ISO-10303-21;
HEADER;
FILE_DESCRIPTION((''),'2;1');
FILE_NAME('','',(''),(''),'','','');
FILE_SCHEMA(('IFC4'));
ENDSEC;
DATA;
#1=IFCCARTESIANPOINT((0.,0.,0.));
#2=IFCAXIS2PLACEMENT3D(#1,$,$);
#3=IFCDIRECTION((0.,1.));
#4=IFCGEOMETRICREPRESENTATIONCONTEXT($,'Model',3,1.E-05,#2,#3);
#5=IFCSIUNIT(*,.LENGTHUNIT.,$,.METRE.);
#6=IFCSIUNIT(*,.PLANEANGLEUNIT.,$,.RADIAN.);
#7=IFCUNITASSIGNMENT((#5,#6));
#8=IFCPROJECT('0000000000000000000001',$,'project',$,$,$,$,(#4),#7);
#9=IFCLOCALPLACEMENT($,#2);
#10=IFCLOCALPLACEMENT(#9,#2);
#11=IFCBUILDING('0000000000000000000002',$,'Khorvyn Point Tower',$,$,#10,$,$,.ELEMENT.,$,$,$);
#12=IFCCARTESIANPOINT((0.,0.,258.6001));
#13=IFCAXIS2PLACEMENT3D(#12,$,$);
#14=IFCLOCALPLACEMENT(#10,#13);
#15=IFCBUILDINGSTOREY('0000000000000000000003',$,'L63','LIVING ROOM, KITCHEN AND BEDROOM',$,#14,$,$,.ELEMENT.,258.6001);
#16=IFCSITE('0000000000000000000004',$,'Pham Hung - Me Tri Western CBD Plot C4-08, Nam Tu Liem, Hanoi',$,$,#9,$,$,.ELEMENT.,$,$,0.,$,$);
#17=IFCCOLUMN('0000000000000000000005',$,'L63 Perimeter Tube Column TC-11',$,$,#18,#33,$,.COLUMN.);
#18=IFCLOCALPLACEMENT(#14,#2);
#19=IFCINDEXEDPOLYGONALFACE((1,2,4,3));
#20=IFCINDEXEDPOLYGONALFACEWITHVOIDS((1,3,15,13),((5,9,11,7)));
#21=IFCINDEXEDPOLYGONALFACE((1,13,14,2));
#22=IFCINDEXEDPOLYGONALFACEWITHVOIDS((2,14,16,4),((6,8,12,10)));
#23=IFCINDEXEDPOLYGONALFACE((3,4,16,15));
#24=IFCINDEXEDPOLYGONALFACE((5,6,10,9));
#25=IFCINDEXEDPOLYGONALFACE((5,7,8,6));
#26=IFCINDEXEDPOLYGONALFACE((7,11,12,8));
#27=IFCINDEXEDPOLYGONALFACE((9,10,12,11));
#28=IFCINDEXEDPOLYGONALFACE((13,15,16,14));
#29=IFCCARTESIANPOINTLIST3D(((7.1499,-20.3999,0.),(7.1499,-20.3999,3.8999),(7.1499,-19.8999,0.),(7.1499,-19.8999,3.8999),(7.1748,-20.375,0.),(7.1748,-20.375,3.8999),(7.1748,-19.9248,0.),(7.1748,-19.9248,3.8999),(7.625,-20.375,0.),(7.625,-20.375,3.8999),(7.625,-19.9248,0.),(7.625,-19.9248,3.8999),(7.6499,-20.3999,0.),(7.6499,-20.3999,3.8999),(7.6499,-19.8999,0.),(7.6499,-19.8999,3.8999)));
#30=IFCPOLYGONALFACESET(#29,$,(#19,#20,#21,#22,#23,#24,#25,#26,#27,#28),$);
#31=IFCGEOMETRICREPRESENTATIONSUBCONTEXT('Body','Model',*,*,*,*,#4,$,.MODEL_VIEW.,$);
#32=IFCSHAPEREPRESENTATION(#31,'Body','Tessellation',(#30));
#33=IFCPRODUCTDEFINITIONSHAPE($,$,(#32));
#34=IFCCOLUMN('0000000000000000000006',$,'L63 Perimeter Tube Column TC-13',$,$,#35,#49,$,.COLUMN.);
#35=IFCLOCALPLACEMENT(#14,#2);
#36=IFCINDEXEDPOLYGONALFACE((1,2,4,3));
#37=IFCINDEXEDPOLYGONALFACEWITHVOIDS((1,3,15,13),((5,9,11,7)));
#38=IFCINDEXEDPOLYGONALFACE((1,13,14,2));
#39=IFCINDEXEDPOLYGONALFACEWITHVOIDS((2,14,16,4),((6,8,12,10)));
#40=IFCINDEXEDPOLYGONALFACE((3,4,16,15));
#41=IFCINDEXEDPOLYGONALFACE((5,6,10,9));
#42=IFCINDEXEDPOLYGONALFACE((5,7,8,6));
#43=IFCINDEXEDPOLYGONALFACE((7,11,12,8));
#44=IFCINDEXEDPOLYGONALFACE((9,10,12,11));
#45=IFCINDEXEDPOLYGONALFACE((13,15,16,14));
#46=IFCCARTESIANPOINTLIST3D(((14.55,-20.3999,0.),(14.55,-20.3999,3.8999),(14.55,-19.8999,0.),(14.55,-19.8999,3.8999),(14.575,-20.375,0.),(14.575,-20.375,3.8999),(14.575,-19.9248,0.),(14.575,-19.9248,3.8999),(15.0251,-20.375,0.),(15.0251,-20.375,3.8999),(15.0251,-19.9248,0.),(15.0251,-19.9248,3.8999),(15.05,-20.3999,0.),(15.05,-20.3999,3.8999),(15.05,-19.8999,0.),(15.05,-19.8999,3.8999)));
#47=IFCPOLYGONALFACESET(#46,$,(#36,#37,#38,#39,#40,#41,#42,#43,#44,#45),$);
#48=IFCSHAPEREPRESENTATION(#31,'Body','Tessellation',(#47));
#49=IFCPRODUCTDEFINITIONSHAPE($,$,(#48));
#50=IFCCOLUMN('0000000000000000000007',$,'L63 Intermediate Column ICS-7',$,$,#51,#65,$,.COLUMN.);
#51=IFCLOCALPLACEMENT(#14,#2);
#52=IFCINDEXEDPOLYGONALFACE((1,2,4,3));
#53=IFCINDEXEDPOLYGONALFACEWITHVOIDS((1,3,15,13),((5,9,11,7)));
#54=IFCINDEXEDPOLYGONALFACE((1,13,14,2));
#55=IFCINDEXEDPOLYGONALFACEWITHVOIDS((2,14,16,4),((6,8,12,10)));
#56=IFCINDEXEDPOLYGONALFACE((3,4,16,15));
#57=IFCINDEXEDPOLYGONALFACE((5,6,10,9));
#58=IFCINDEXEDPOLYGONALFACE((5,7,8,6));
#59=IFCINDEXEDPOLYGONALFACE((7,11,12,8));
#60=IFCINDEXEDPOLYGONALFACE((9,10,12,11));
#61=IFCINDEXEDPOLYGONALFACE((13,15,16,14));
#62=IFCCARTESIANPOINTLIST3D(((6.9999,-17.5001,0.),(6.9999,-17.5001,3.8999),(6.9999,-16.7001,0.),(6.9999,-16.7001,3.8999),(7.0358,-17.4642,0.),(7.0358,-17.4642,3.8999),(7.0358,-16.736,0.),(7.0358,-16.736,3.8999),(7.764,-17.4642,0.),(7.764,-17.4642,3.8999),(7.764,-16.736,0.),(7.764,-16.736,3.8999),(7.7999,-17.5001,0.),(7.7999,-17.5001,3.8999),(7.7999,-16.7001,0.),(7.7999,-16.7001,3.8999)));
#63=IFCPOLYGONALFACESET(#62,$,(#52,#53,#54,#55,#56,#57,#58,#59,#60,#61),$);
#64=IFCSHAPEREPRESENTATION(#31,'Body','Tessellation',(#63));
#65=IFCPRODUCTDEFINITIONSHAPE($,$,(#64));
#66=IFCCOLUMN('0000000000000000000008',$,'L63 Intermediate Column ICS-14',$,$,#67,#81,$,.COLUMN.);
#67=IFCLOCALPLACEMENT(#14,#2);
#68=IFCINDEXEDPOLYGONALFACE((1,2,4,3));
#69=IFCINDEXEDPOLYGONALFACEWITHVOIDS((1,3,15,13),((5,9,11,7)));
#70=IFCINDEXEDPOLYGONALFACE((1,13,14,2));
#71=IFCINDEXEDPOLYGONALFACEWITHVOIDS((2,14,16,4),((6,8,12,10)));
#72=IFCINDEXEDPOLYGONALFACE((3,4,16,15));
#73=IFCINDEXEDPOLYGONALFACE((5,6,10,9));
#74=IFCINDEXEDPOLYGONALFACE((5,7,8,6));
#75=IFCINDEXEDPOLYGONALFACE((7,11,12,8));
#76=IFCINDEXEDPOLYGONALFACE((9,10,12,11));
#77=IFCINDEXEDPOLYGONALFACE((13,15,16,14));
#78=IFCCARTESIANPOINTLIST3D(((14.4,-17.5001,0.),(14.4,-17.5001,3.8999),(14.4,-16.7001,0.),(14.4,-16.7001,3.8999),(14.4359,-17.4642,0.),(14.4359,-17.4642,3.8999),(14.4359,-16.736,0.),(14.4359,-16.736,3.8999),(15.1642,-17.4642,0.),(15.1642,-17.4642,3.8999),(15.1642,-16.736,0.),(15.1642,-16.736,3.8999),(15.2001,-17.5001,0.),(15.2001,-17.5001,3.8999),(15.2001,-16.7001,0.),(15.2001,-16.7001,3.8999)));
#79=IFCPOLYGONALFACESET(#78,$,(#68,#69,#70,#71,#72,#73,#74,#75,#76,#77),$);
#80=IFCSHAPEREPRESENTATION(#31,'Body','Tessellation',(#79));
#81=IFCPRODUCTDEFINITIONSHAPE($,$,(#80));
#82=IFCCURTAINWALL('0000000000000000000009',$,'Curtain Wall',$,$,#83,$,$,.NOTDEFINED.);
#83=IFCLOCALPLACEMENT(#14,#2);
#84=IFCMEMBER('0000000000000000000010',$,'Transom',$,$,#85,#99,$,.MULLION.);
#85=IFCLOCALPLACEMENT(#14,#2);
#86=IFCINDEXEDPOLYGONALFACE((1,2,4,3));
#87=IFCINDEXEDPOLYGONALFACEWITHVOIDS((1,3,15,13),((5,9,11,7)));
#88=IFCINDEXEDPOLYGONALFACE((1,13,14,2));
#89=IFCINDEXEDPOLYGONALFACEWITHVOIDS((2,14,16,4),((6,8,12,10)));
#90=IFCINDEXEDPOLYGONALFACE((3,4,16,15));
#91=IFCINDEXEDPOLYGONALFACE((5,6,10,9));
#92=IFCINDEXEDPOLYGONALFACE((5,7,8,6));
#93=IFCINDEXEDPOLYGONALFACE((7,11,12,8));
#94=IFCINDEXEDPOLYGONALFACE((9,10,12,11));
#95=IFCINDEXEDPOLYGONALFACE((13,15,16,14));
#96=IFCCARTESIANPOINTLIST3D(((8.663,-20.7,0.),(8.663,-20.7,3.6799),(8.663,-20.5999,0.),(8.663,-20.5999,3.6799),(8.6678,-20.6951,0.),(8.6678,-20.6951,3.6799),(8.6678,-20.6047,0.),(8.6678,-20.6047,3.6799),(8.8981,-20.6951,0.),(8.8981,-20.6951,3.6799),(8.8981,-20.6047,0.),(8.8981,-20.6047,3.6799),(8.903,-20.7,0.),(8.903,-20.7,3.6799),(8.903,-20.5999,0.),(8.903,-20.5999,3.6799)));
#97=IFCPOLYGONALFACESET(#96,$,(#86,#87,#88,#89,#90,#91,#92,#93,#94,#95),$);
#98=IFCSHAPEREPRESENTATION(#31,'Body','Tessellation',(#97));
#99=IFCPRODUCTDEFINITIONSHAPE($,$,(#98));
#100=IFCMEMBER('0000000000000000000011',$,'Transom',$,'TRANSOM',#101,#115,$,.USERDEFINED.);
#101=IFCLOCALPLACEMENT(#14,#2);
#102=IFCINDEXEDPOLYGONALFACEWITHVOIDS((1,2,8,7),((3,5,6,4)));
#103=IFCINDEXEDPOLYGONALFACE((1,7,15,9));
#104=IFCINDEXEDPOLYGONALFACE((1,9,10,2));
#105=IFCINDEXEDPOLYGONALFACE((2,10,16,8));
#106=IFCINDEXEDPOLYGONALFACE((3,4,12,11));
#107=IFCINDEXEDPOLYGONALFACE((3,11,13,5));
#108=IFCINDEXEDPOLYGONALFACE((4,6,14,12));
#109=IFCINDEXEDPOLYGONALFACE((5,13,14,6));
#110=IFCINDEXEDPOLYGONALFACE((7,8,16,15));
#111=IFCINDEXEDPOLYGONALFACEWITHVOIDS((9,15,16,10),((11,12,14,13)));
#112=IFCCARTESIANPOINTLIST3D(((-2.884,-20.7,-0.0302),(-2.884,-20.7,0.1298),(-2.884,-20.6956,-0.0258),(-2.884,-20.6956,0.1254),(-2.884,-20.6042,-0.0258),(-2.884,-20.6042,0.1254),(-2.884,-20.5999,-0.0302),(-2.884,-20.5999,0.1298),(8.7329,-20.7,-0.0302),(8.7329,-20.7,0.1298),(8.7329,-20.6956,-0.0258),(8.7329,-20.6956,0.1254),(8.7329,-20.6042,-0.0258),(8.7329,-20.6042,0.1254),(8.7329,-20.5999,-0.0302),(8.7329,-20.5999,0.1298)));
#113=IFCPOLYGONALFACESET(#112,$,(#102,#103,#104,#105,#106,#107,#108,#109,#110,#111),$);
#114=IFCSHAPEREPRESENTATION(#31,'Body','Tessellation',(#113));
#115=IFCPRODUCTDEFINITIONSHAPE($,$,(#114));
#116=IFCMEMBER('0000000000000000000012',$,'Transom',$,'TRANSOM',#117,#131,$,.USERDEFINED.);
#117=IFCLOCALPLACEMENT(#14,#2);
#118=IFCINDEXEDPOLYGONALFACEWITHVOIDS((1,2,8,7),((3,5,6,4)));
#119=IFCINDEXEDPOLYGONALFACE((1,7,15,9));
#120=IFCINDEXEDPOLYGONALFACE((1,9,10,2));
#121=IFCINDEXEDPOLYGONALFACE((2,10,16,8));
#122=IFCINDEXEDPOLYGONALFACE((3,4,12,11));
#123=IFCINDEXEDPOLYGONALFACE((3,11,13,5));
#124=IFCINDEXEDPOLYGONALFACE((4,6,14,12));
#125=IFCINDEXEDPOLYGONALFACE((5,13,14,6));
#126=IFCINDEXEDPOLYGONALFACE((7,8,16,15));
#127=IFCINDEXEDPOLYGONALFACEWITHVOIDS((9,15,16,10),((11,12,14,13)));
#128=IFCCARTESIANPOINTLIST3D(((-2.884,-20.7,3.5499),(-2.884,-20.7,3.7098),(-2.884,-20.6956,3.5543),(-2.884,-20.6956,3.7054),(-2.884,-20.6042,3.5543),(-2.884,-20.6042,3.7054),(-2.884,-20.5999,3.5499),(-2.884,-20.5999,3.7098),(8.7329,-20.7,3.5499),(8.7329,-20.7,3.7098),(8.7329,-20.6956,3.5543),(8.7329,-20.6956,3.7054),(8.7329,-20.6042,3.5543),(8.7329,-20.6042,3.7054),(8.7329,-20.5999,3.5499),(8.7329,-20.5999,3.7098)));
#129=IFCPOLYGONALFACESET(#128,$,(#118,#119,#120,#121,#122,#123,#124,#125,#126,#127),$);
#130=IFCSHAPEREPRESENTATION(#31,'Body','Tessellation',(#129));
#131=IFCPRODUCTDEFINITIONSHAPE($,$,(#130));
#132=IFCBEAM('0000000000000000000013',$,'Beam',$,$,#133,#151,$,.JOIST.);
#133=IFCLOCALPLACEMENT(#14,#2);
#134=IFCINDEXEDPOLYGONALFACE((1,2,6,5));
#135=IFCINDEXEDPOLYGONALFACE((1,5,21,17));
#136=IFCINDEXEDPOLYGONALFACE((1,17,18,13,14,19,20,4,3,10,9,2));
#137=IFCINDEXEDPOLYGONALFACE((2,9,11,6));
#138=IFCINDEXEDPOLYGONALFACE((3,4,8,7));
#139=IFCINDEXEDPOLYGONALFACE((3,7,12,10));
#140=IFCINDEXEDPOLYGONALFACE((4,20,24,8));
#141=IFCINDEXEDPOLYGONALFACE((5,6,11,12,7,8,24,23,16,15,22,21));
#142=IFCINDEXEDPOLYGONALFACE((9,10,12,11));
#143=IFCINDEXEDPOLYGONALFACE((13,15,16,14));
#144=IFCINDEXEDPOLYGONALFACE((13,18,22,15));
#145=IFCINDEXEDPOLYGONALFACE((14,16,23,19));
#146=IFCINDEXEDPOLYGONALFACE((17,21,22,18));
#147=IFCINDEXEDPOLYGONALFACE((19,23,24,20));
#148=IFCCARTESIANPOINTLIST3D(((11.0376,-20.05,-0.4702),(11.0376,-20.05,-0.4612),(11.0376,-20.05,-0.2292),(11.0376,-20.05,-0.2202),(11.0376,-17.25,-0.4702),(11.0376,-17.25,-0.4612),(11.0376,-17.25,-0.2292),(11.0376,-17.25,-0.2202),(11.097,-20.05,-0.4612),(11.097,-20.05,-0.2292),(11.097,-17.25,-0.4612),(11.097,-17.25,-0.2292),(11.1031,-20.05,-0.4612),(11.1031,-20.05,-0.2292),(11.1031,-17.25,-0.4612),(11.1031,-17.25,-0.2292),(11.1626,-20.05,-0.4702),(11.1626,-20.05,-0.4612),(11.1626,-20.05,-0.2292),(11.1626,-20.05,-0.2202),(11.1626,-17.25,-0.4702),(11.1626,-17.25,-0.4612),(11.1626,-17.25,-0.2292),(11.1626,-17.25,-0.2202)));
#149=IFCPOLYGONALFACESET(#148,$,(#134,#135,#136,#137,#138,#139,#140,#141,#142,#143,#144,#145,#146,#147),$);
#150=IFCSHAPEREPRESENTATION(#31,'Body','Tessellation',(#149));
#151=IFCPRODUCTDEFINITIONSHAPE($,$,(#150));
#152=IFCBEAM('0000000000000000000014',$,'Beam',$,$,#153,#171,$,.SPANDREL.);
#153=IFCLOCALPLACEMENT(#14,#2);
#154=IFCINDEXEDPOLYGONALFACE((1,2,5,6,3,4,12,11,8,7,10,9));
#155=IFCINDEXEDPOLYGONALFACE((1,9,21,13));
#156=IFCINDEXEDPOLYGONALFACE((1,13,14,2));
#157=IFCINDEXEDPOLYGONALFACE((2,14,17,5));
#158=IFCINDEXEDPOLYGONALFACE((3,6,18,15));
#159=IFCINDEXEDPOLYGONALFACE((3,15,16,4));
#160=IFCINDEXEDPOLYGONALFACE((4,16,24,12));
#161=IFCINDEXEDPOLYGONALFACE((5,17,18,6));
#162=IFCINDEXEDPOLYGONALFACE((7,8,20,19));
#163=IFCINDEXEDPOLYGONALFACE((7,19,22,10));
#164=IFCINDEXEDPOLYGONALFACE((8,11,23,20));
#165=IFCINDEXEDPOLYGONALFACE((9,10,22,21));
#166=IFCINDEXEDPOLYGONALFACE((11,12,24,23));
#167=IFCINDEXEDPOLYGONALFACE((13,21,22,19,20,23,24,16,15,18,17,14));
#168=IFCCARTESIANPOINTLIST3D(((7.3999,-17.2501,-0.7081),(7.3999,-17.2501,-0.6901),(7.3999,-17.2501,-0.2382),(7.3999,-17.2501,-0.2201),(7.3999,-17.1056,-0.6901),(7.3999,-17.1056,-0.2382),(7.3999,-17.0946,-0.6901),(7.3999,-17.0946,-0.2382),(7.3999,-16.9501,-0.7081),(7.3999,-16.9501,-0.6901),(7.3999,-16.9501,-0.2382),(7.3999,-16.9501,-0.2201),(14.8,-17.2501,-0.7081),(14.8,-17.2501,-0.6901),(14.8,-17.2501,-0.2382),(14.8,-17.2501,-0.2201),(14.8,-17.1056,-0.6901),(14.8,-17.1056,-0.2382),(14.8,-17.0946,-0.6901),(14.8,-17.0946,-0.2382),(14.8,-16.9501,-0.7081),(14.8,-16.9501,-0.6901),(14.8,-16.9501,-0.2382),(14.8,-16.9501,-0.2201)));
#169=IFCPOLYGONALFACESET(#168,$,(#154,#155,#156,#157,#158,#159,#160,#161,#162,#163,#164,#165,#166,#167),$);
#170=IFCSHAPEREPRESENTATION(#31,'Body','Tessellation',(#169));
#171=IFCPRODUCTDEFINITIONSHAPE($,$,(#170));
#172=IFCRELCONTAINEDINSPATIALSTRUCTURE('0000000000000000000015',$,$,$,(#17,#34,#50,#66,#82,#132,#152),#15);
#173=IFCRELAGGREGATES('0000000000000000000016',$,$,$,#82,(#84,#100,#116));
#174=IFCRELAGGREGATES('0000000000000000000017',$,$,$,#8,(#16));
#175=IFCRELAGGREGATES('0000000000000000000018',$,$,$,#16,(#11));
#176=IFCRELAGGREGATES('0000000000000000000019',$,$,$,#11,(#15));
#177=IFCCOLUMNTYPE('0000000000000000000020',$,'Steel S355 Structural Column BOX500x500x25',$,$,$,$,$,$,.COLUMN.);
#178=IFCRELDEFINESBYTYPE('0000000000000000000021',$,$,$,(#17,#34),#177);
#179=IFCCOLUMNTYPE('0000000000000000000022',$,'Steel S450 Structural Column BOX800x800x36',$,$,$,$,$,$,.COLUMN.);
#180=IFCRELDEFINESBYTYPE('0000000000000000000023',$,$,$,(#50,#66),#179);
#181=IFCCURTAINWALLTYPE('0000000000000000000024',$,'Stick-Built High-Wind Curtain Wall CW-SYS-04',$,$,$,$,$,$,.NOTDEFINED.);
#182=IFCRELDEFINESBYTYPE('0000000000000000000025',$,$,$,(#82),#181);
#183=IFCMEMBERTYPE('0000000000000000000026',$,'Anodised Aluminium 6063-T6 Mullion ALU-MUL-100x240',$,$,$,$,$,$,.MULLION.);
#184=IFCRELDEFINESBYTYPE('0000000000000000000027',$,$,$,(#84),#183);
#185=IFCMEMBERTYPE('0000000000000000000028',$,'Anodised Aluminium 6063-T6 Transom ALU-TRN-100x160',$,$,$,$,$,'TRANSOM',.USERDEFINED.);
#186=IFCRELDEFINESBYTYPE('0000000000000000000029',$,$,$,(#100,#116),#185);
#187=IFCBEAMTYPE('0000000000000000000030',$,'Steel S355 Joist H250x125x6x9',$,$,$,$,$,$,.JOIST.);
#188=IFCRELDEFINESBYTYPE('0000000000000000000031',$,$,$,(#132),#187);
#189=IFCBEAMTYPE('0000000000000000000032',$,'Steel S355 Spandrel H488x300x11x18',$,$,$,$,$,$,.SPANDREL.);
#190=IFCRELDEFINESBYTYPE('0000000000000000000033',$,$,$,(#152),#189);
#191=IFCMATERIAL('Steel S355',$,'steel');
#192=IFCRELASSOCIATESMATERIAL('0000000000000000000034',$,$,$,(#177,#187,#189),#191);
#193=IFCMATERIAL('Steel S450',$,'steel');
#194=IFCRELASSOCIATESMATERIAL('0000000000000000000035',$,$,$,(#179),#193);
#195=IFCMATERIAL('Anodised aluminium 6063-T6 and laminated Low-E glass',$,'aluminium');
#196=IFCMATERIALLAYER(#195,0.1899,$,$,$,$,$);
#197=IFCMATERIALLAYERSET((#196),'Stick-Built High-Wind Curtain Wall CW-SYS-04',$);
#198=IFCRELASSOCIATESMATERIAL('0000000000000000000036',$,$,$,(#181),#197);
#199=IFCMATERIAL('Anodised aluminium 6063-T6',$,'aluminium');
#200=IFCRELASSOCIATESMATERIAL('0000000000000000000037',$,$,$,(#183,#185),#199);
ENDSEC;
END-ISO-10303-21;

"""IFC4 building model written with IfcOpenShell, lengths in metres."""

from ifc_helpers import new_model, si_unit, direction, frame, origin, origin_2d, place, context, subcontext, project, spatial, hollow_rectangle, i_section, extrude, material, layer, layer_set, material_profile, profile_set, type_object, element, aggregate, save


model = new_model("IFC4")

# Units and contexts
model_context = context("Model", 3, precision=1e-05, world=origin(), true_north=direction((0.0, 1.0)))
body_context = subcontext(model_context, "Body", "Model", "MODEL_VIEW")
ifc_project = project(units=[si_unit("LENGTHUNIT", "METRE"), si_unit("PLANEANGLEUNIT", "RADIAN")], contexts=[model_context])

# Site, building, storey
site_placement = place(None, origin())
site = spatial("IfcSite", under=ifc_project, at=site_placement, Name="Pham Hung - Me Tri Western CBD Plot C4-08, Nam Tu Liem, Hanoi", CompositionType="ELEMENT", RefElevation=0.0)
building_placement = place(site_placement, origin())
building = spatial("IfcBuilding", under=site, at=building_placement, Name="Khorvyn Point Tower", CompositionType="ELEMENT")
storey_placement = place(building_placement, frame((0.0, 0.0, 258.6001)))
storey = spatial("IfcBuildingStorey", under=building, at=storey_placement, Name="L63", Description="LIVING ROOM, KITCHEN AND BEDROOM", CompositionType="ELEMENT", Elevation=258.6001)

# Columns
ifc_material_1 = material(Name="Steel S355", Category="steel")
ifc_material_profile_1 = material_profile(ifc_material_1, hollow_rectangle(XDim=0.5, YDim=0.5, WallThickness=0.0249, at=origin_2d()))
ifc_profile_set_1 = profile_set([ifc_material_profile_1], Name="Steel S355 BOX500x500x25")
column_type_1 = type_object("IfcColumnType", Name="Steel S355 Structural Column BOX500x500x25", PredefinedType="COLUMN", material=ifc_profile_set_1)
for number, where, z_axis, x_axis, name in (
    (1, (7.3999, -20.1499, 0.0), (0.0, 0.0, 1.0), (1.0, 0.0, 0.0), "L63 Perimeter Tube Column TC-11"),
    (2, (14.8, -20.1499, 0.0), (0.0, 0.0, 1.0), (1.0, 0.0, 0.0), "L63 Perimeter Tube Column TC-13"),
):
    element("IfcColumn", number, at=place(storey_placement, frame(where, z_axis=z_axis, x_axis=x_axis)), inside=storey, type_object=column_type_1, Name=name, PredefinedType="COLUMN", context=body_context, shape_type="SweptSolid", body=[
        extrude(hollow_rectangle(XDim=0.5, YDim=0.5, WallThickness=0.0249, at=origin_2d()), origin(), (0.0, 0.0, 1.0), 3.8999),
    ])
ifc_material_2 = material(Name="Steel S450", Category="steel")
ifc_material_profile_2 = material_profile(ifc_material_2, hollow_rectangle(XDim=0.8, YDim=0.8, WallThickness=0.0359, at=origin_2d()))
ifc_profile_set_2 = profile_set([ifc_material_profile_2], Name="Steel S450 BOX800x800x36")
column_type_2 = type_object("IfcColumnType", Name="Steel S450 Structural Column BOX800x800x36", PredefinedType="COLUMN", material=ifc_profile_set_2)
for number, where, z_axis, x_axis, name in (
    (3, (7.3999, -17.1001, 0.0), (0.0, 0.0, 1.0), (1.0, 0.0, 0.0), "L63 Intermediate Column ICS-7"),
    (4, (14.8, -17.1001, 0.0), (0.0, 0.0, 1.0), (1.0, 0.0, 0.0), "L63 Intermediate Column ICS-14"),
):
    element("IfcColumn", number, at=place(storey_placement, frame(where, z_axis=z_axis, x_axis=x_axis)), inside=storey, type_object=column_type_2, Name=name, PredefinedType="COLUMN", context=body_context, shape_type="SweptSolid", body=[
        extrude(hollow_rectangle(XDim=0.8, YDim=0.8, WallThickness=0.0359, at=origin_2d()), origin(), (0.0, 0.0, 1.0), 3.8999),
    ])

# Curtain wall, members
ifc_material_3 = material(Name="Anodised aluminium 6063-T6 and laminated Low-E glass", Category="aluminium")
ifc_layer_1 = layer(ifc_material_3, 0.1899)
ifc_layer_set_1 = layer_set([ifc_layer_1], Name="Stick-Built High-Wind Curtain Wall CW-SYS-04")
curtain_wall_type = type_object("IfcCurtainWallType", Name="Stick-Built High-Wind Curtain Wall CW-SYS-04", PredefinedType="NOTDEFINED", material=ifc_layer_set_1)
curtain_wall_placement = place(storey_placement, origin())
curtain_wall = element("IfcCurtainWall", 5, at=curtain_wall_placement, inside=storey, type_object=curtain_wall_type, Name="Curtain Wall", PredefinedType="NOTDEFINED")
ifc_material_4 = material(Name="Anodised aluminium 6063-T6", Category="aluminium")
ifc_material_profile_3 = material_profile(ifc_material_4, hollow_rectangle(XDim=0.1001, YDim=0.24, WallThickness=0.0049, at=origin_2d()))
ifc_profile_set_3 = profile_set([ifc_material_profile_3], Name="Anodised aluminium 6063-T6 ALU-MUL-100x240")
member_type_1 = type_object("IfcMemberType", Name="Anodised Aluminium 6063-T6 Mullion ALU-MUL-100x240", PredefinedType="MULLION", material=ifc_profile_set_3)
member_1_placement = place(storey_placement, frame((8.783, -20.6499, 0.0), z_axis=(0.0, 0.0, 1.0), x_axis=(0.0, -1.0, 0.0)))
member_1 = element("IfcMember", 6, at=member_1_placement, type_object=member_type_1, Name="Transom", PredefinedType="MULLION", context=body_context, shape_type="SweptSolid", body=[
    extrude(hollow_rectangle(XDim=0.1001, YDim=0.24, WallThickness=0.0049, at=origin_2d()), origin(), (0.0, 0.0, 1.0), 3.6799),
])
ifc_material_profile_4 = material_profile(ifc_material_4, hollow_rectangle(XDim=0.1001, YDim=0.1599, WallThickness=0.0044, at=origin_2d()))
ifc_profile_set_4 = profile_set([ifc_material_profile_4], Name="Anodised aluminium 6063-T6 ALU-TRN-100x160")
member_type_2 = type_object("IfcMemberType", Name="Anodised Aluminium 6063-T6 Transom ALU-TRN-100x160", ElementType="TRANSOM", PredefinedType="USERDEFINED", material=ifc_profile_set_4)
member_2_placement = place(storey_placement, frame((8.7329, -20.6499, 0.0498), z_axis=(-1.0, 0.0, 0.0), x_axis=(0.0, -1.0, 0.0)))
member_2 = element("IfcMember", 7, at=member_2_placement, type_object=member_type_2, Name="Transom", ObjectType="TRANSOM", PredefinedType="USERDEFINED", context=body_context, shape_type="SweptSolid", body=[
    extrude(hollow_rectangle(XDim=0.1001, YDim=0.1599, WallThickness=0.0044, at=origin_2d()), origin(), (0.0, 0.0, 1.0), 11.6169),
])
member_3_placement = place(storey_placement, frame((8.7329, -20.6499, 3.6299), z_axis=(-1.0, 0.0, 0.0), x_axis=(0.0, -1.0, 0.0)))
member_3 = element("IfcMember", 8, at=member_3_placement, type_object=member_type_2, Name="Transom", ObjectType="TRANSOM", PredefinedType="USERDEFINED", context=body_context, shape_type="SweptSolid", body=[
    extrude(hollow_rectangle(XDim=0.1001, YDim=0.1599, WallThickness=0.0044, at=origin_2d()), origin(), (0.0, 0.0, 1.0), 11.6169),
])

# Beams
ifc_material_profile_5 = material_profile(ifc_material_1, i_section(OverallWidth=0.125, OverallDepth=0.25, WebThickness=0.0061, FlangeThickness=0.009, at=origin_2d()))
ifc_profile_set_5 = profile_set([ifc_material_profile_5], Name="Steel S355 H250x125x6x9")
beam_type_1 = type_object("IfcBeamType", Name="Steel S355 Joist H250x125x6x9", PredefinedType="JOIST", material=ifc_profile_set_5)
beam_1_placement = place(storey_placement, frame((11.1001, -20.05, -0.3452), z_axis=(0.0, 1.0, 0.0), x_axis=(-1.0, 0.0, 0.0)))
element("IfcBeam", 9, at=beam_1_placement, inside=storey, type_object=beam_type_1, Name="Beam", PredefinedType="JOIST", context=body_context, shape_type="SweptSolid", body=[
    extrude(i_section(OverallWidth=0.125, OverallDepth=0.25, WebThickness=0.0061, FlangeThickness=0.009, at=origin_2d()), origin(), (0.0, 0.0, 1.0), 2.8),
])
ifc_material_profile_6 = material_profile(ifc_material_1, i_section(OverallWidth=0.3, OverallDepth=0.488, WebThickness=0.011, FlangeThickness=0.0181, at=origin_2d()))
ifc_profile_set_6 = profile_set([ifc_material_profile_6], Name="Steel S355 H488x300x11x18")
beam_type_2 = type_object("IfcBeamType", Name="Steel S355 Spandrel H488x300x11x18", PredefinedType="SPANDREL", material=ifc_profile_set_6)
beam_2_placement = place(storey_placement, frame((7.3999, -17.1001, -0.4641), z_axis=(1.0, 0.0, 0.0), x_axis=(0.0, 1.0, 0.0)))
element("IfcBeam", 10, at=beam_2_placement, inside=storey, type_object=beam_type_2, Name="Beam", PredefinedType="SPANDREL", context=body_context, shape_type="SweptSolid", body=[
    extrude(i_section(OverallWidth=0.3, OverallDepth=0.488, WebThickness=0.011, FlangeThickness=0.0181, at=origin_2d()), origin(), (0.0, 0.0, 1.0), 7.4001),
])

aggregate(curtain_wall, [member_1, member_2, member_3])

save(model, "model.ifc")
